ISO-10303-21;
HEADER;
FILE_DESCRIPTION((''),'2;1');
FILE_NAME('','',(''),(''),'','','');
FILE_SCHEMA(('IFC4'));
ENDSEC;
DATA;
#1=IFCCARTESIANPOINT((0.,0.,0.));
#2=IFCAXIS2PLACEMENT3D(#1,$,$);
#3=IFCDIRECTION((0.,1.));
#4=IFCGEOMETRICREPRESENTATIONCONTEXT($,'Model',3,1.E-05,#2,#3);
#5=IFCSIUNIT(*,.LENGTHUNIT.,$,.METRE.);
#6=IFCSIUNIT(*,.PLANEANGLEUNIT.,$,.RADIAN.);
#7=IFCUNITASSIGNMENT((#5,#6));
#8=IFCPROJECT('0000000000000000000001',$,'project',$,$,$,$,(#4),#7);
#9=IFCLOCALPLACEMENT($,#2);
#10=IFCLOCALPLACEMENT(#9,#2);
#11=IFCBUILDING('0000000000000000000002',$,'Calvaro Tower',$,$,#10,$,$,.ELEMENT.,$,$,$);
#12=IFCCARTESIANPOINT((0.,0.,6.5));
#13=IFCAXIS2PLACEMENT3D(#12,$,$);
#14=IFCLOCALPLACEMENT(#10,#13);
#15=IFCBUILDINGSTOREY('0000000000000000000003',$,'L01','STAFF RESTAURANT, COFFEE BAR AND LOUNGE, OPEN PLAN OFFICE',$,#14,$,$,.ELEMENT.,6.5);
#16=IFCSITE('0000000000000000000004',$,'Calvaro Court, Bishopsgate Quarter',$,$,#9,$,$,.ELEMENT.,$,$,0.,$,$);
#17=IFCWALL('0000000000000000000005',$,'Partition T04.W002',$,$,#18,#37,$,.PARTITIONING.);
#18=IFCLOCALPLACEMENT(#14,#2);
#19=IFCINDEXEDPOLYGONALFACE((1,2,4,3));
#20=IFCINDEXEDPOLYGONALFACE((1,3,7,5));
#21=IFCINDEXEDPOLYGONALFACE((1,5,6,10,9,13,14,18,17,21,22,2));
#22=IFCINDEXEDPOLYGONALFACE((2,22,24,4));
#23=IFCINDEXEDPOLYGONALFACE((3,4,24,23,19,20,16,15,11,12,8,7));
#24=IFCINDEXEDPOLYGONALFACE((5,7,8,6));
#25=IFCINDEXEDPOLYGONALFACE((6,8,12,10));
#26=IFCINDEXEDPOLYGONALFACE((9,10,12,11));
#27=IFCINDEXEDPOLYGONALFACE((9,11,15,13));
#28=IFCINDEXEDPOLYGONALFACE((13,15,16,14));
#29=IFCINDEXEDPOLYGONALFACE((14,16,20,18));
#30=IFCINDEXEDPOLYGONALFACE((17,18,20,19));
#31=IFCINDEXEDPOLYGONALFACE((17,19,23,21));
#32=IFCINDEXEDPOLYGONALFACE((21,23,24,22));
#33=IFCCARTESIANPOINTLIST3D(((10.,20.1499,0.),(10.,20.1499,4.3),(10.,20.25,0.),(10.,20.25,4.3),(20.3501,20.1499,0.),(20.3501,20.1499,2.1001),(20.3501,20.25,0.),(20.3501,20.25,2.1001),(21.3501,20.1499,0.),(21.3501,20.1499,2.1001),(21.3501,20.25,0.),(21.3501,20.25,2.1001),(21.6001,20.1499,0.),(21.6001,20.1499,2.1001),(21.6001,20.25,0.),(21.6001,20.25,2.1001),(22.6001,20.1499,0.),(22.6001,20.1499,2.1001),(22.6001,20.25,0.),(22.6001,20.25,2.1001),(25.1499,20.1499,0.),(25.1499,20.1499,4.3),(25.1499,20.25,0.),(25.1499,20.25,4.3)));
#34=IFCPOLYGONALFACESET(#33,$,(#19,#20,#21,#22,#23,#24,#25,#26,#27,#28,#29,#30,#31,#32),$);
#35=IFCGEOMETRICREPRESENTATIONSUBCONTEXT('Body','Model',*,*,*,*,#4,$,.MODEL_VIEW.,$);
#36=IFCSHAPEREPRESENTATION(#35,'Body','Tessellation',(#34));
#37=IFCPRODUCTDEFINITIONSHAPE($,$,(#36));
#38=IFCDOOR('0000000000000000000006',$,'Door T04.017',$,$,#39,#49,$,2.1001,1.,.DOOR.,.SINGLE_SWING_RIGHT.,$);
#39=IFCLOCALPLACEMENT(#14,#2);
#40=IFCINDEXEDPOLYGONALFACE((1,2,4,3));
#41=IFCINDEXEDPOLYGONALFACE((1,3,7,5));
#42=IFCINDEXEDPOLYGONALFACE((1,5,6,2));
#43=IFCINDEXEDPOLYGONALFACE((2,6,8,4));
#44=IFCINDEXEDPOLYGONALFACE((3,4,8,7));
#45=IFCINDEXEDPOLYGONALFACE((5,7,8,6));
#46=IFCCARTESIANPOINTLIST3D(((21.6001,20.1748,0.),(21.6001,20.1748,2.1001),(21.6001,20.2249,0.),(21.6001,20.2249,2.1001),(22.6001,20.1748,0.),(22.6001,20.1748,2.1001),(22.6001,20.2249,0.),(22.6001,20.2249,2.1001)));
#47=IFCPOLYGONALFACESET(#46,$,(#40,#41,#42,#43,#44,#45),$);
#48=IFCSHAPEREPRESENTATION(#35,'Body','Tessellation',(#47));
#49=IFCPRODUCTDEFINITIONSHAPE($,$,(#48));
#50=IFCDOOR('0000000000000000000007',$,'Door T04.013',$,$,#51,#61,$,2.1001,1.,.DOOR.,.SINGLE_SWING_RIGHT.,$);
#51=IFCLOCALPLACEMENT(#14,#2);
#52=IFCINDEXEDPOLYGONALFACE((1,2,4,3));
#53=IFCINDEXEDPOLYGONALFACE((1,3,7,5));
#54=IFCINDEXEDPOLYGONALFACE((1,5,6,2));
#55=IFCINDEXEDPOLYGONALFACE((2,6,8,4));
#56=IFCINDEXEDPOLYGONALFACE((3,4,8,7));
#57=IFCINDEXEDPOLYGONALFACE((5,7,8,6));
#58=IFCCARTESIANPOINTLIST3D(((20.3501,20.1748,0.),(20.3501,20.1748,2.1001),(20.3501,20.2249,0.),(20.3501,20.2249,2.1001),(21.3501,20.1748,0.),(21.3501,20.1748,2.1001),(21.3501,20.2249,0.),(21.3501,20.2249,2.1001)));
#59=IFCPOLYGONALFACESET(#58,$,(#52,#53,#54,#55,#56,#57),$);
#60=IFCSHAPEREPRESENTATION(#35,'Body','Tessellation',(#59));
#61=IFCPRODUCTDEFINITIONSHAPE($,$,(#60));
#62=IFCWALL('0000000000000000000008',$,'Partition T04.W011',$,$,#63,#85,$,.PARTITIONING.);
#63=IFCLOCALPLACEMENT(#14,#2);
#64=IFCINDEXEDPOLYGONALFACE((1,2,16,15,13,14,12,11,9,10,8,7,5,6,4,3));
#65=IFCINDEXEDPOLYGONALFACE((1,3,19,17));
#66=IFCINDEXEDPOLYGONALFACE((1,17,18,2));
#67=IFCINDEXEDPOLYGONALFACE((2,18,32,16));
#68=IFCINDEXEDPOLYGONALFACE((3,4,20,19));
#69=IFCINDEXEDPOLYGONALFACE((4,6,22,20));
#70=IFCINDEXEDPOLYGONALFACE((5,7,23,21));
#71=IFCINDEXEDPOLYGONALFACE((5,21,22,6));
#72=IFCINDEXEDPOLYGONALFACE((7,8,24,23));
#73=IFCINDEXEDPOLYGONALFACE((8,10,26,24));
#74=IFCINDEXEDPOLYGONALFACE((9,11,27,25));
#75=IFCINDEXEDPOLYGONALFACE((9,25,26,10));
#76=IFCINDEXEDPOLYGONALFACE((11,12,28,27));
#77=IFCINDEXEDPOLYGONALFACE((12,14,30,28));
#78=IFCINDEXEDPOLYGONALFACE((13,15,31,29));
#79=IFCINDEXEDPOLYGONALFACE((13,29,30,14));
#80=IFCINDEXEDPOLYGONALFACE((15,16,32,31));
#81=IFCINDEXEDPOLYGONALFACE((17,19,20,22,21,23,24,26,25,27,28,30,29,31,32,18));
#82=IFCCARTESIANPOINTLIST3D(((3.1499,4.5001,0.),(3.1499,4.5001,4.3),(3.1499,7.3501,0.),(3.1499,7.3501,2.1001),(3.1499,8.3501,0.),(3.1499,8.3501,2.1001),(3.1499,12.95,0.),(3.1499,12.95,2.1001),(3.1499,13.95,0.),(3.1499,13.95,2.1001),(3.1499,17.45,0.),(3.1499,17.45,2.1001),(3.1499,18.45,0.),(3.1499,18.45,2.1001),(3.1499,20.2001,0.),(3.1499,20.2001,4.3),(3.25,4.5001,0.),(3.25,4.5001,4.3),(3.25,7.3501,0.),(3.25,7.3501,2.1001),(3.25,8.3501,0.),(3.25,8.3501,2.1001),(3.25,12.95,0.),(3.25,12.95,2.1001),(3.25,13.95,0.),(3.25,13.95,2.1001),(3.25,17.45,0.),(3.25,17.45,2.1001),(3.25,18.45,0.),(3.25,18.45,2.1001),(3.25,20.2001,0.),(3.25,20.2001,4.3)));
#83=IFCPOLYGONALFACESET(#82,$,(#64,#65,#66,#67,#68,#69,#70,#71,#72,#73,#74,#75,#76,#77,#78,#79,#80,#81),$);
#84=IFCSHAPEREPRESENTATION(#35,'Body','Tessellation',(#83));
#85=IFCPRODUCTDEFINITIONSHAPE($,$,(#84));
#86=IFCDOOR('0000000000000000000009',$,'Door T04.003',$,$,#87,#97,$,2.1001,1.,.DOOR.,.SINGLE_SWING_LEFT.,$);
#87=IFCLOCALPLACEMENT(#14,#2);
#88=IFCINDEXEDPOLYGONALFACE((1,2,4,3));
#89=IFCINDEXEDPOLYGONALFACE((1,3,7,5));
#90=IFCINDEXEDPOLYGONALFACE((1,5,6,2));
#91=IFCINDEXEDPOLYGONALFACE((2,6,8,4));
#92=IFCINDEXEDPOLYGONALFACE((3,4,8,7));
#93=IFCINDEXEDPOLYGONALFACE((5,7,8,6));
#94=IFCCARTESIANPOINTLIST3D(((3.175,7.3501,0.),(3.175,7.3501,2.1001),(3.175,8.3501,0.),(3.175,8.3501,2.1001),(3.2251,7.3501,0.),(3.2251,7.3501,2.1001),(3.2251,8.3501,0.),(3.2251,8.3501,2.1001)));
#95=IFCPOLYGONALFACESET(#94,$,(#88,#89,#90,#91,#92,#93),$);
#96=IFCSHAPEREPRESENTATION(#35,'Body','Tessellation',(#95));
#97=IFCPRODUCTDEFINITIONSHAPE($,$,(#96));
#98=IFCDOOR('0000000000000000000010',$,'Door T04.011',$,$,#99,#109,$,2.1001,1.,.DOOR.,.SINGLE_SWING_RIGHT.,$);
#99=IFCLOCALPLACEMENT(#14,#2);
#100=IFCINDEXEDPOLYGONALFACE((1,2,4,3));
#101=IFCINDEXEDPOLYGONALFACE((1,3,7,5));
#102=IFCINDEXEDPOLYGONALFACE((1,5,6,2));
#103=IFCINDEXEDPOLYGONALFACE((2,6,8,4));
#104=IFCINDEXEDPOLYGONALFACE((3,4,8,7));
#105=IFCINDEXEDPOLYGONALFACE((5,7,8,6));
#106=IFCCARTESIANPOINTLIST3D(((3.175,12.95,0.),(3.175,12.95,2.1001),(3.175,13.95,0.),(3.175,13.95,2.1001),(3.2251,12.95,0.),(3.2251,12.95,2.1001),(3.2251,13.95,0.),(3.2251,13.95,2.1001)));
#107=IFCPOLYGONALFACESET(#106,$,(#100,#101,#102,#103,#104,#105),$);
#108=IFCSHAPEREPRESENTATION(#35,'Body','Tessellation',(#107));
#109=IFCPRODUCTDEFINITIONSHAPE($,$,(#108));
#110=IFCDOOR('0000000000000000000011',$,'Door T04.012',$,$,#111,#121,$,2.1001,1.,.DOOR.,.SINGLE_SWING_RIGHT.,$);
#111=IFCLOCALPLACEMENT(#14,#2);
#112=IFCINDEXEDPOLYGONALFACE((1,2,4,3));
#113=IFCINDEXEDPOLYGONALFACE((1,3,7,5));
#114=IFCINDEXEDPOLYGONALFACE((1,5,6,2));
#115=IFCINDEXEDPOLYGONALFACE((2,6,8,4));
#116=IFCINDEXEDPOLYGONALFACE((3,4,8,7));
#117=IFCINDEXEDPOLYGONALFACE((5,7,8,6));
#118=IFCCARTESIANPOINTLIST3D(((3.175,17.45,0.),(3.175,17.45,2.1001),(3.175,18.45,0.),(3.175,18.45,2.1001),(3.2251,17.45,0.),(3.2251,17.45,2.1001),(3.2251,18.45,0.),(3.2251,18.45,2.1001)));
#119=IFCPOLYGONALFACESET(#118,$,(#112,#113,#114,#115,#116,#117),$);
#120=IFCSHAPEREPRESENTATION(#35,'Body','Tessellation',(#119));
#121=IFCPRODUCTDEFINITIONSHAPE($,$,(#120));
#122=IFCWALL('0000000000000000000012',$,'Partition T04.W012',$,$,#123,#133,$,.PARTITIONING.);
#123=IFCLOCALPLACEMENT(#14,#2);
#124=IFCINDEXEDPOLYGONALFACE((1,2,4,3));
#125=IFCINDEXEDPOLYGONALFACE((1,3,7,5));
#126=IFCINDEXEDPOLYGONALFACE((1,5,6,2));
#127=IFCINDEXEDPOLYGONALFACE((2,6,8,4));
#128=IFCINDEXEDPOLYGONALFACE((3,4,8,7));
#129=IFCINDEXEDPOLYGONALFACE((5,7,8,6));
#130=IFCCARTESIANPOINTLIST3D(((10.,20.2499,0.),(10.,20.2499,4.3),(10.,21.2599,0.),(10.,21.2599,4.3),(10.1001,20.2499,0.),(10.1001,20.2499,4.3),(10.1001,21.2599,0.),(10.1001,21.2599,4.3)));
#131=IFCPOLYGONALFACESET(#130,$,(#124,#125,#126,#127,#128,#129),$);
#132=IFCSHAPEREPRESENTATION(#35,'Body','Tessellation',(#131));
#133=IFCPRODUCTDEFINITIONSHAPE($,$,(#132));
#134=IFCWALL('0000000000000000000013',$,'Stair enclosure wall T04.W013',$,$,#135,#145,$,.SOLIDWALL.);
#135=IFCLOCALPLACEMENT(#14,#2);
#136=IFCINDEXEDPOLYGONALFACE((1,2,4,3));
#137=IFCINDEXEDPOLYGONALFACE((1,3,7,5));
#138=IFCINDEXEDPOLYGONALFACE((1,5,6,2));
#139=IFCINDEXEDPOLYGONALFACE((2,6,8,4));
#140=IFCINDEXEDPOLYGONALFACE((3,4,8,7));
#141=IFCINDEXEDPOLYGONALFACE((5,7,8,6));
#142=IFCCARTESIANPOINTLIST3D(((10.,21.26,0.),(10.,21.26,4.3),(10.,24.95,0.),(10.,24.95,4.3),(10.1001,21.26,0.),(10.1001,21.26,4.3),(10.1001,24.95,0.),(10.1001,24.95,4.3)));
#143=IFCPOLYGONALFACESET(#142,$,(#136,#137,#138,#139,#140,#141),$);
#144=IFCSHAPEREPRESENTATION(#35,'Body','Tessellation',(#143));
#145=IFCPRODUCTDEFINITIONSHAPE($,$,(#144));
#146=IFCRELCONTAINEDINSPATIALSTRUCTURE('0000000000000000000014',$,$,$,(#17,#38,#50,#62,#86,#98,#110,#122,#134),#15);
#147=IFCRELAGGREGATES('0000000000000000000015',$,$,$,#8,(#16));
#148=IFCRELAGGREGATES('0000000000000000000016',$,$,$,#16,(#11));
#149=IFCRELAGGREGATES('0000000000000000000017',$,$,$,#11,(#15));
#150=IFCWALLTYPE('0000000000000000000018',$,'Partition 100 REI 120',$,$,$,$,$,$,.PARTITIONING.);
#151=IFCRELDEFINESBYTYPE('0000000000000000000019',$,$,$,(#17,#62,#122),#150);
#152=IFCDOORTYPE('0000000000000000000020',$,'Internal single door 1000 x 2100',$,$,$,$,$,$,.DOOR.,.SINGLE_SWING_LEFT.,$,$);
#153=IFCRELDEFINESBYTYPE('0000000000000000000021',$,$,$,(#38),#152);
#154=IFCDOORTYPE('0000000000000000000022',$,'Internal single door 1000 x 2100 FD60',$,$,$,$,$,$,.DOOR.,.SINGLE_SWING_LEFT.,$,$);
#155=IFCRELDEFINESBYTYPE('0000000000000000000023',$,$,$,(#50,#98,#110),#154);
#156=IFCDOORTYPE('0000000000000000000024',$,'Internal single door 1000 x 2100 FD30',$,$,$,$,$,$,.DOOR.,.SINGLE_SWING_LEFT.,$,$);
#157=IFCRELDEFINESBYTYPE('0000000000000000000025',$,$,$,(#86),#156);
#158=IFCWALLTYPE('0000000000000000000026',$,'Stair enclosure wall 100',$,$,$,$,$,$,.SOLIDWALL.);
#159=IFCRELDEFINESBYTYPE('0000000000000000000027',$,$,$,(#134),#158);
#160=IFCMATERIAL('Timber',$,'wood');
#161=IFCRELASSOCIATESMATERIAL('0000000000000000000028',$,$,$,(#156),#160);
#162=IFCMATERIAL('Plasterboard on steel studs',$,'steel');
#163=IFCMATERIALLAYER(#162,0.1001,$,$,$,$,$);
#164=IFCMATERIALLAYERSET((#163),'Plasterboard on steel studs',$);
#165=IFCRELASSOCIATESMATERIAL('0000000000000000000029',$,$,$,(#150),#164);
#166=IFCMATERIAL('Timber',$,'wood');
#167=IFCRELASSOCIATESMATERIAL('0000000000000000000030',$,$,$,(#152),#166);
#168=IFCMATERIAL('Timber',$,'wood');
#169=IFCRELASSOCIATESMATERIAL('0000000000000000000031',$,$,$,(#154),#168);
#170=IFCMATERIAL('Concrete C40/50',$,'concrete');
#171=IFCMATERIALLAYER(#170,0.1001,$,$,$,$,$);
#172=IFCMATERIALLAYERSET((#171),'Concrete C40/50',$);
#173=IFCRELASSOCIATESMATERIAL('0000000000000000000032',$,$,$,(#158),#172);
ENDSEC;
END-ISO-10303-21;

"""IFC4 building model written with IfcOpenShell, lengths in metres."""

from ifc_helpers import new_model, si_unit, direction, frame, frame_2d, origin, place, context, subcontext, project, spatial, rectangle, extrude, material, layer, layer_set, type_object, element, fill, save


model = new_model("IFC4")

# Units and contexts
model_context = context("Model", 3, precision=1e-05, world=origin(), true_north=direction((0.0, 1.0)))
body_context = subcontext(model_context, "Body", "Model", "MODEL_VIEW")
ifc_project = project(units=[si_unit("LENGTHUNIT", "METRE"), si_unit("PLANEANGLEUNIT", "RADIAN")], contexts=[model_context])

# Site, building, storey
site_placement = place(None, origin())
site = spatial("IfcSite", under=ifc_project, at=site_placement, Name="Calvaro Court, Bishopsgate Quarter", CompositionType="ELEMENT", RefElevation=0.0)
building_placement = place(site_placement, origin())
building = spatial("IfcBuilding", under=site, at=building_placement, Name="Calvaro Tower", CompositionType="ELEMENT")
storey_placement = place(building_placement, frame((0.0, 0.0, 6.5)))
storey = spatial("IfcBuildingStorey", under=building, at=storey_placement, Name="L01", Description="STAFF RESTAURANT, COFFEE BAR AND LOUNGE, OPEN PLAN OFFICE", CompositionType="ELEMENT", Elevation=6.5)

# Walls, openings, doors
ifc_material_1 = material(Name="Timber", Category="wood")
door_type_1 = type_object("IfcDoorType", Name="Internal single door 1000 x 2100 FD30", OperationType="SINGLE_SWING_LEFT", PredefinedType="DOOR", material=ifc_material_1)
ifc_material_2 = material(Name="Plasterboard on steel studs", Category="steel")
ifc_layer_1 = layer(ifc_material_2, 0.1001)
ifc_layer_set_1 = layer_set([ifc_layer_1], Name="Plasterboard on steel studs")
wall_type_1 = type_object("IfcWallType", Name="Partition 100 REI 120", PredefinedType="PARTITIONING", material=ifc_layer_set_1)
wall_1_placement = place(storey_placement, frame((10.0, 20.2, 0.0), z_axis=(0.0, 0.0, 1.0), x_axis=(1.0, 0.0, 0.0)))
wall_1 = element("IfcWall", 1, at=wall_1_placement, inside=storey, type_object=wall_type_1, Name="Partition T04.W002", PredefinedType="PARTITIONING", context=body_context, shape_type="SweptSolid", body=[
    extrude(rectangle(XDim=15.1499, YDim=0.1001, at=frame_2d((7.575, 0.0))), origin(), (0.0, 0.0, 1.0), 4.3),
])
opening_1_placement = place(wall_1_placement, frame((10.3501, 0.0, 0.0)))
opening_1 = element("IfcOpeningElement", 2, at=opening_1_placement, cuts=wall_1, PredefinedType="OPENING", context=body_context, shape_type="SweptSolid", body=[
    extrude(rectangle(XDim=1.0, YDim=2.1001, at=frame_2d((0.5, 1.05))), frame((0.0, 0.0601, 0.0), z_axis=(0.0, -1.0, 0.0), x_axis=(1.0, 0.0, 0.0)), (0.0, 0.0, 1.0), 0.1201),
])
opening_2_placement = place(wall_1_placement, frame((11.6001, 0.0, 0.0)))
opening_2 = element("IfcOpeningElement", 3, at=opening_2_placement, cuts=wall_1, PredefinedType="OPENING", context=body_context, shape_type="SweptSolid", body=[
    extrude(rectangle(XDim=1.0, YDim=2.1001, at=frame_2d((0.5, 1.05))), frame((0.0, 0.0601, 0.0), z_axis=(0.0, -1.0, 0.0), x_axis=(1.0, 0.0, 0.0)), (0.0, 0.0, 1.0), 0.1201),
])
ifc_material_3 = material(Name="Timber", Category="wood")
door_type_2 = type_object("IfcDoorType", Name="Internal single door 1000 x 2100", OperationType="SINGLE_SWING_LEFT", PredefinedType="DOOR", material=ifc_material_3)
door_1_placement = place(opening_2_placement, origin())
door_1 = element("IfcDoor", 4, at=door_1_placement, inside=storey, type_object=door_type_2, Name="Door T04.017", OperationType="SINGLE_SWING_RIGHT", OverallHeight=2.1001, OverallWidth=1.0, PredefinedType="DOOR", context=body_context, shape_type="SweptSolid", body=[
    extrude(rectangle(XDim=1.0, YDim=2.1001, at=frame_2d((0.5, 1.05))), frame((0.0, 0.0249, 0.0), z_axis=(0.0, -1.0, 0.0), x_axis=(1.0, 0.0, 0.0)), (0.0, 0.0, 1.0), 0.05),
])
fill(opening_2, door_1)
ifc_material_4 = material(Name="Timber", Category="wood")
door_type_3 = type_object("IfcDoorType", Name="Internal single door 1000 x 2100 FD60", OperationType="SINGLE_SWING_LEFT", PredefinedType="DOOR", material=ifc_material_4)
door_2_placement = place(opening_1_placement, origin())
door_2 = element("IfcDoor", 5, at=door_2_placement, inside=storey, type_object=door_type_3, Name="Door T04.013", OperationType="SINGLE_SWING_RIGHT", OverallHeight=2.1001, OverallWidth=1.0, PredefinedType="DOOR", context=body_context, shape_type="SweptSolid", body=[
    extrude(rectangle(XDim=1.0, YDim=2.1001, at=frame_2d((0.5, 1.05))), frame((0.0, 0.0249, 0.0), z_axis=(0.0, -1.0, 0.0), x_axis=(1.0, 0.0, 0.0)), (0.0, 0.0, 1.0), 0.05),
])
fill(opening_1, door_2)
wall_2_placement = place(storey_placement, frame((3.2, 4.5, 0.0), z_axis=(0.0, 0.0, 1.0), x_axis=(0.0, 1.0, 0.0)))
wall_2 = element("IfcWall", 6, at=wall_2_placement, inside=storey, type_object=wall_type_1, Name="Partition T04.W011", PredefinedType="PARTITIONING", context=body_context, shape_type="SweptSolid", body=[
    extrude(rectangle(XDim=15.7, YDim=0.1001, at=frame_2d((7.8501, 0.0))), origin(), (0.0, 0.0, 1.0), 4.3),
])
opening_3_placement = place(wall_2_placement, frame((2.8501, 0.0, 0.0)))
opening_3 = element("IfcOpeningElement", 7, at=opening_3_placement, cuts=wall_2, PredefinedType="OPENING", context=body_context, shape_type="SweptSolid", body=[
    extrude(rectangle(XDim=1.0, YDim=2.1001, at=frame_2d((0.5, 1.05))), frame((0.0, 0.0601, 0.0), z_axis=(0.0, -1.0, 0.0), x_axis=(1.0, 0.0, 0.0)), (0.0, 0.0, 1.0), 0.1201),
])
opening_4_placement = place(wall_2_placement, frame((8.45, 0.0, 0.0)))
opening_4 = element("IfcOpeningElement", 8, at=opening_4_placement, cuts=wall_2, PredefinedType="OPENING", context=body_context, shape_type="SweptSolid", body=[
    extrude(rectangle(XDim=1.0, YDim=2.1001, at=frame_2d((0.5, 1.05))), frame((0.0, 0.0601, 0.0), z_axis=(0.0, -1.0, 0.0), x_axis=(1.0, 0.0, 0.0)), (0.0, 0.0, 1.0), 0.1201),
])
opening_5_placement = place(wall_2_placement, frame((12.95, 0.0, 0.0)))
opening_5 = element("IfcOpeningElement", 9, at=opening_5_placement, cuts=wall_2, PredefinedType="OPENING", context=body_context, shape_type="SweptSolid", body=[
    extrude(rectangle(XDim=1.0, YDim=2.1001, at=frame_2d((0.5, 1.05))), frame((0.0, 0.0601, 0.0), z_axis=(0.0, -1.0, 0.0), x_axis=(1.0, 0.0, 0.0)), (0.0, 0.0, 1.0), 0.1201),
])
door_3_placement = place(opening_3_placement, origin())
door_3 = element("IfcDoor", 10, at=door_3_placement, inside=storey, type_object=door_type_1, Name="Door T04.003", OperationType="SINGLE_SWING_LEFT", OverallHeight=2.1001, OverallWidth=1.0, PredefinedType="DOOR", context=body_context, shape_type="SweptSolid", body=[
    extrude(rectangle(XDim=1.0, YDim=2.1001, at=frame_2d((0.5, 1.05))), frame((0.0, 0.0249, 0.0), z_axis=(0.0, -1.0, 0.0), x_axis=(1.0, 0.0, 0.0)), (0.0, 0.0, 1.0), 0.05),
])
fill(opening_3, door_3)
door_4_placement = place(opening_4_placement, origin())
door_4 = element("IfcDoor", 11, at=door_4_placement, inside=storey, type_object=door_type_3, Name="Door T04.011", OperationType="SINGLE_SWING_RIGHT", OverallHeight=2.1001, OverallWidth=1.0, PredefinedType="DOOR", context=body_context, shape_type="SweptSolid", body=[
    extrude(rectangle(XDim=1.0, YDim=2.1001, at=frame_2d((0.5, 1.05))), frame((0.0, 0.0249, 0.0), z_axis=(0.0, -1.0, 0.0), x_axis=(1.0, 0.0, 0.0)), (0.0, 0.0, 1.0), 0.05),
])
fill(opening_4, door_4)
door_5_placement = place(opening_5_placement, origin())
door_5 = element("IfcDoor", 12, at=door_5_placement, inside=storey, type_object=door_type_3, Name="Door T04.012", OperationType="SINGLE_SWING_RIGHT", OverallHeight=2.1001, OverallWidth=1.0, PredefinedType="DOOR", context=body_context, shape_type="SweptSolid", body=[
    extrude(rectangle(XDim=1.0, YDim=2.1001, at=frame_2d((0.5, 1.05))), frame((0.0, 0.0249, 0.0), z_axis=(0.0, -1.0, 0.0), x_axis=(1.0, 0.0, 0.0)), (0.0, 0.0, 1.0), 0.05),
])
fill(opening_5, door_5)

# Walls
wall_3_placement = place(storey_placement, frame((10.05, 20.25, 0.0), z_axis=(0.0, 0.0, 1.0), x_axis=(0.0, 1.0, 0.0)))
element("IfcWall", 13, at=wall_3_placement, inside=storey, type_object=wall_type_1, Name="Partition T04.W012", PredefinedType="PARTITIONING", context=body_context, shape_type="SweptSolid", body=[
    extrude(rectangle(XDim=1.01, YDim=0.1001, at=frame_2d((0.5049, 0.0))), origin(), (0.0, 0.0, 1.0), 4.3),
])
ifc_material_5 = material(Name="Concrete C40/50", Category="concrete")
ifc_layer_2 = layer(ifc_material_5, 0.1001)
ifc_layer_set_2 = layer_set([ifc_layer_2], Name="Concrete C40/50")
wall_type_2 = type_object("IfcWallType", Name="Stair enclosure wall 100", PredefinedType="SOLIDWALL", material=ifc_layer_set_2)
wall_4_placement = place(storey_placement, frame((10.05, 21.26, 0.0), z_axis=(0.0, 0.0, 1.0), x_axis=(0.0, 1.0, 0.0)))
element("IfcWall", 14, at=wall_4_placement, inside=storey, type_object=wall_type_2, Name="Stair enclosure wall T04.W013", PredefinedType="SOLIDWALL", context=body_context, shape_type="SweptSolid", body=[
    extrude(rectangle(XDim=3.6899, YDim=0.1001, at=frame_2d((1.845, 0.0))), origin(), (0.0, 0.0, 1.0), 4.3),
])

save(model, "model.ifc")
